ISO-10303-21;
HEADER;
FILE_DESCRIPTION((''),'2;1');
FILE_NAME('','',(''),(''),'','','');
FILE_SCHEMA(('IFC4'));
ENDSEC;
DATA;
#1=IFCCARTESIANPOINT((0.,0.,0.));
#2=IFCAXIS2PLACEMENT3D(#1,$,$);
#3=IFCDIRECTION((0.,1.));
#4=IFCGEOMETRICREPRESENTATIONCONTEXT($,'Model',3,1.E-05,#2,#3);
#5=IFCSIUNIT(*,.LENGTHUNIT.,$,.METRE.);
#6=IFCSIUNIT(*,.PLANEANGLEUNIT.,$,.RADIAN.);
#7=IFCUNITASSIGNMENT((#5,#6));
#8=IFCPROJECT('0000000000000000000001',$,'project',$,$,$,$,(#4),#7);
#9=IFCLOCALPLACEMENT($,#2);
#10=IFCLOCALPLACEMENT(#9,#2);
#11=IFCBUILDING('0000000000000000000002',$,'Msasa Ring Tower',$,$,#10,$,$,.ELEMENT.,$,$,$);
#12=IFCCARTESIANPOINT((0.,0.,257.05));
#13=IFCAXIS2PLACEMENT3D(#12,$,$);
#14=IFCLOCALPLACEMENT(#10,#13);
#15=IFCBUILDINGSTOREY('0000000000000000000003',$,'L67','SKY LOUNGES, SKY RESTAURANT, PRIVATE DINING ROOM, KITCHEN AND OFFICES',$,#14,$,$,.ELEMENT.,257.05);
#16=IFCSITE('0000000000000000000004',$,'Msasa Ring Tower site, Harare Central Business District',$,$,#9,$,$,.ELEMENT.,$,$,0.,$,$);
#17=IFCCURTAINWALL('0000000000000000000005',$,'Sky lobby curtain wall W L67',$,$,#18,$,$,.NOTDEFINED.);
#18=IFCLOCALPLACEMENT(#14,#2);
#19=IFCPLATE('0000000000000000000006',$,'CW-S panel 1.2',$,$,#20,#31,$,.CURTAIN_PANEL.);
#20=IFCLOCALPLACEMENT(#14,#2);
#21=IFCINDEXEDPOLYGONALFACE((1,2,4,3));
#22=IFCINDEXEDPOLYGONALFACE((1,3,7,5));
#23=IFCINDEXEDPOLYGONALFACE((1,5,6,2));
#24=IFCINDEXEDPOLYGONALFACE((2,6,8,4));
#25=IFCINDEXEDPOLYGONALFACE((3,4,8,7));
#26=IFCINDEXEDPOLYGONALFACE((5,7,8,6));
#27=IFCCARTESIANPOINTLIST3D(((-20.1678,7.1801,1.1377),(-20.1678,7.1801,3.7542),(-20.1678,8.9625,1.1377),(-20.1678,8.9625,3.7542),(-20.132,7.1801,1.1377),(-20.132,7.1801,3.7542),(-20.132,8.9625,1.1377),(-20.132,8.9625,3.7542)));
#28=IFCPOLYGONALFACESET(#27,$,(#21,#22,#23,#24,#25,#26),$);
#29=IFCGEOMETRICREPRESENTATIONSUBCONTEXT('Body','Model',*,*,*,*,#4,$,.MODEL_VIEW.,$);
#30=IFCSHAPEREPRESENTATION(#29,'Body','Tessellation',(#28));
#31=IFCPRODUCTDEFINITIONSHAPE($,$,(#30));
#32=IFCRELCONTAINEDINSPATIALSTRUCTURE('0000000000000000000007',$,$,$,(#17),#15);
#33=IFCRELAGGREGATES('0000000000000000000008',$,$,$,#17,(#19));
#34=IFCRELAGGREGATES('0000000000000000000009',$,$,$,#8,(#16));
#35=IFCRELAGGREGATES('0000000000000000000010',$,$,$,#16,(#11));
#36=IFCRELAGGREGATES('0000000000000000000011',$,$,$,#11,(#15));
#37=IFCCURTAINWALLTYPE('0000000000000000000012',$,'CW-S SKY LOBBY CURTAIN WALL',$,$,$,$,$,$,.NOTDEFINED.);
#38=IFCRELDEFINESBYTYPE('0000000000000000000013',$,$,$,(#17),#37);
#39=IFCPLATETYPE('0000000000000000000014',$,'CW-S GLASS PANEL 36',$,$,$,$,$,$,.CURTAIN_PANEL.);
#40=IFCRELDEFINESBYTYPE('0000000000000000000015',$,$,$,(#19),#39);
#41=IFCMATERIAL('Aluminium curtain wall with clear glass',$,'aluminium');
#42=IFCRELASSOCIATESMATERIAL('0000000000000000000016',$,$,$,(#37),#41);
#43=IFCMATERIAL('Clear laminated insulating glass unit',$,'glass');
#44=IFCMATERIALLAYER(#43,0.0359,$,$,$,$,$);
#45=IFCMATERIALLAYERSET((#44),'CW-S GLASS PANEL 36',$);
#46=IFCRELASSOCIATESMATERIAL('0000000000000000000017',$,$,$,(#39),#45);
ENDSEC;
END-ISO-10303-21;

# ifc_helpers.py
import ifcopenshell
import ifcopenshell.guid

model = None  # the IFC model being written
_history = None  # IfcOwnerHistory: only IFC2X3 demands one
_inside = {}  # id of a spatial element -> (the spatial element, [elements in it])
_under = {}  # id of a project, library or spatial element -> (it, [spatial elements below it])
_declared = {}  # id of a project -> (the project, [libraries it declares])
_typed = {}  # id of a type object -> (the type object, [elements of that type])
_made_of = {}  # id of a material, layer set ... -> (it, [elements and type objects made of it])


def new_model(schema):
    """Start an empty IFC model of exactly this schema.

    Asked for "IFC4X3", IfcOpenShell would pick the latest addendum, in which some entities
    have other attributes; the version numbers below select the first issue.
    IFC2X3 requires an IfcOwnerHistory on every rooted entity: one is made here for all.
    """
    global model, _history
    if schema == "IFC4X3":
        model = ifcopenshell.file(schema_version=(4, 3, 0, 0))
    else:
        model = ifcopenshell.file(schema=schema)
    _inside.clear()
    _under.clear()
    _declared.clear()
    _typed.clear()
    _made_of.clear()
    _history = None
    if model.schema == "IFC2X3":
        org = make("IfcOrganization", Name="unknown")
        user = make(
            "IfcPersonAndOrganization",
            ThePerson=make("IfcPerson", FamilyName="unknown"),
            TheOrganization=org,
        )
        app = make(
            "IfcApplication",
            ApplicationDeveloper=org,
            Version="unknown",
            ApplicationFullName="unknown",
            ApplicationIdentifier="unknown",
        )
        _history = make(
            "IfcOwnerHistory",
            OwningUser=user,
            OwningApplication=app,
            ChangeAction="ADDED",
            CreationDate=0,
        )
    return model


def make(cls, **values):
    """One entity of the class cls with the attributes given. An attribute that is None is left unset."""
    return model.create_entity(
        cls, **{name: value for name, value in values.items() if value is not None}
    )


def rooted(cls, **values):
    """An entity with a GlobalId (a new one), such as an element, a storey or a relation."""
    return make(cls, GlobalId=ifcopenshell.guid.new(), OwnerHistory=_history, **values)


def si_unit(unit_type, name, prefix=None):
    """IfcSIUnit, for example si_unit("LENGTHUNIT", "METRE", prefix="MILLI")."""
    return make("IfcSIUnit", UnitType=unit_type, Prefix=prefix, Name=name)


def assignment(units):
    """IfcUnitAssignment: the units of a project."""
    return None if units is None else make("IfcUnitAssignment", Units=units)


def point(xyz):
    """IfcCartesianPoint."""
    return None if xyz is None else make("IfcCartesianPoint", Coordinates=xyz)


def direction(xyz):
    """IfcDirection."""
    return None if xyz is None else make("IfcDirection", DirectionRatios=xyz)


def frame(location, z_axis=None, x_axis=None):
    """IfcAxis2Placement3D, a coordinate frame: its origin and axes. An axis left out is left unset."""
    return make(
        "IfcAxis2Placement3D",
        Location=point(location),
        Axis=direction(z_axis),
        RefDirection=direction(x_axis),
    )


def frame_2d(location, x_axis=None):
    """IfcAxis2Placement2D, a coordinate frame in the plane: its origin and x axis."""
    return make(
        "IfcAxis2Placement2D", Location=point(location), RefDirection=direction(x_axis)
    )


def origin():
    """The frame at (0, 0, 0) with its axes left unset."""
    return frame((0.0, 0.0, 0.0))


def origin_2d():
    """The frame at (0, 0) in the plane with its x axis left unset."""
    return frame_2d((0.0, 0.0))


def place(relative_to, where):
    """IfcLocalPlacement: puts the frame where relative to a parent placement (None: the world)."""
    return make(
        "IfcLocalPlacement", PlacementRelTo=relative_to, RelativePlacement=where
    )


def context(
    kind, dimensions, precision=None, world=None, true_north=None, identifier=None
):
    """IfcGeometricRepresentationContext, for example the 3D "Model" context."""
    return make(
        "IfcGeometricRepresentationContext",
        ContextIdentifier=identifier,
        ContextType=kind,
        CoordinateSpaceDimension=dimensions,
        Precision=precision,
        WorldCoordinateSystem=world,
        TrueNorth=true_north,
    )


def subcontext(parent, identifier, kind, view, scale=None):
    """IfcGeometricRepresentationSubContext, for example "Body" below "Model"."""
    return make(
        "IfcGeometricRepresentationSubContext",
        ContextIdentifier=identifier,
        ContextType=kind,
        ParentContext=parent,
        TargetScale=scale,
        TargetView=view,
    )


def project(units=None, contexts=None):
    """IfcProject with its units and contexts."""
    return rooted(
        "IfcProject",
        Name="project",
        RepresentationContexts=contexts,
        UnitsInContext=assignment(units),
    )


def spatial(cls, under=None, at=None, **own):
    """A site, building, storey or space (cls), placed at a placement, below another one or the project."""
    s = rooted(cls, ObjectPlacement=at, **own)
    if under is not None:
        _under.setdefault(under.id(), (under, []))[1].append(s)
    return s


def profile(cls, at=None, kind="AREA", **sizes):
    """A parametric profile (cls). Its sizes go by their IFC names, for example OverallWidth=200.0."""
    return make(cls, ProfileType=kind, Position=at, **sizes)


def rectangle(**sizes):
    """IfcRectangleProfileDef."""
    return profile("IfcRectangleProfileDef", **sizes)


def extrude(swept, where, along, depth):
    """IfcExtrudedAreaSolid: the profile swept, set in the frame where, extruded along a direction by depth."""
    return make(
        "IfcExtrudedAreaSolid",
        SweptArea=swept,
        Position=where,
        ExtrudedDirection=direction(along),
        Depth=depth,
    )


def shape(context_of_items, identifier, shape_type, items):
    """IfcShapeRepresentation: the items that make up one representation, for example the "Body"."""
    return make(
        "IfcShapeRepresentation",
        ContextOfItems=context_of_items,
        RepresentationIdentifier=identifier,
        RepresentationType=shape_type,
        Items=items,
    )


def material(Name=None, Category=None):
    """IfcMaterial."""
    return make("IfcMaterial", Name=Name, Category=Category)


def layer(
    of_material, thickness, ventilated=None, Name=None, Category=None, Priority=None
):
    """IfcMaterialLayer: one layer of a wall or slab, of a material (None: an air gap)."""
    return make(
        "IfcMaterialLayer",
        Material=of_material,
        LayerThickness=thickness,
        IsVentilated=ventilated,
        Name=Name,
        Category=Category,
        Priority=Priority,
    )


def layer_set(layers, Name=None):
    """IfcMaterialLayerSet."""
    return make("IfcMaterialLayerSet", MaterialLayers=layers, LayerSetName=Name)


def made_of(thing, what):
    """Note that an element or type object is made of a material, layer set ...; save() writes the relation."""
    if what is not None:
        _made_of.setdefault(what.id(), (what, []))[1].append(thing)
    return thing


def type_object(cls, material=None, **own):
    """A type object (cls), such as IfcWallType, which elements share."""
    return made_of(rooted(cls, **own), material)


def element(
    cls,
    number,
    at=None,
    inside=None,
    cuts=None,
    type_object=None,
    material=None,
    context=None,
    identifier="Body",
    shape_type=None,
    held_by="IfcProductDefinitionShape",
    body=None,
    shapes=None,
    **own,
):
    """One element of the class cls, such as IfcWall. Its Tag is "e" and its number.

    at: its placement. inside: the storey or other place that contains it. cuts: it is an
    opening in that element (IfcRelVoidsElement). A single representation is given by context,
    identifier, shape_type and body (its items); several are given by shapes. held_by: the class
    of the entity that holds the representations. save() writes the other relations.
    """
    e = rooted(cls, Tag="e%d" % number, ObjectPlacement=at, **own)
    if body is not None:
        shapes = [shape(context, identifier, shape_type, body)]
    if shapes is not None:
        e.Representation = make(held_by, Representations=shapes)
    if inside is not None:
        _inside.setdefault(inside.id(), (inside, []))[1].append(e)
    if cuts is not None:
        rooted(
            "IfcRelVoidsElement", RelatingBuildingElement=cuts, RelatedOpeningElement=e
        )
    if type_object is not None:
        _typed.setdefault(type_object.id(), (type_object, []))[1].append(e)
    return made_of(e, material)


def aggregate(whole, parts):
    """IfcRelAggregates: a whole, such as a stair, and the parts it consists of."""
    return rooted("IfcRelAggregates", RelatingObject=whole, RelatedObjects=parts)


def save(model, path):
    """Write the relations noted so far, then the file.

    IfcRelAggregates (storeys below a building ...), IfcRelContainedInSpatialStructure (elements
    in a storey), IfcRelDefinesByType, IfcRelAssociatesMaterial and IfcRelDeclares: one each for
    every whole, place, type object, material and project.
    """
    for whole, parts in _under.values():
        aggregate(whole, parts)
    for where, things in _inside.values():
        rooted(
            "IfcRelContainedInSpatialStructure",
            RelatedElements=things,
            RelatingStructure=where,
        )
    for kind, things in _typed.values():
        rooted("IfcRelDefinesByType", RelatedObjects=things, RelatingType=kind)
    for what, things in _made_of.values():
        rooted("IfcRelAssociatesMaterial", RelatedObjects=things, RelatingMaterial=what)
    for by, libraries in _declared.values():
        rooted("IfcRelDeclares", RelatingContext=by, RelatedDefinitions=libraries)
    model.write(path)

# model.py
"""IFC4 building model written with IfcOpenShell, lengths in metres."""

from ifc_helpers import new_model, si_unit, direction, frame, origin, origin_2d, place, context, subcontext, project, spatial, rectangle, extrude, material, layer, layer_set, type_object, element, aggregate, save


model = new_model("IFC4")

# Units and contexts
model_context = context("Model", 3, precision=1e-05, world=origin(), true_north=direction((0.0, 1.0)))
body_context = subcontext(model_context, "Body", "Model", "MODEL_VIEW")
ifc_project = project(units=[si_unit("LENGTHUNIT", "METRE"), si_unit("PLANEANGLEUNIT", "RADIAN")], contexts=[model_context])

# Site, building, storey
site_placement = place(None, origin())
site = spatial("IfcSite", under=ifc_project, at=site_placement, Name="Msasa Ring Tower site, Harare Central Business District", CompositionType="ELEMENT", RefElevation=0.0)
building_placement = place(site_placement, origin())
building = spatial("IfcBuilding", under=site, at=building_placement, Name="Msasa Ring Tower", CompositionType="ELEMENT")
storey_placement = place(building_placement, frame((0.0, 0.0, 257.05)))
storey = spatial("IfcBuildingStorey", under=building, at=storey_placement, Name="L67", Description="SKY LOUNGES, SKY RESTAURANT, PRIVATE DINING ROOM, KITCHEN AND OFFICES", CompositionType="ELEMENT", Elevation=257.05)

# Curtain wall
ifc_material_1 = material(Name="Aluminium curtain wall with clear glass", Category="aluminium")
curtain_wall_type = type_object("IfcCurtainWallType", Name="CW-S SKY LOBBY CURTAIN WALL", PredefinedType="NOTDEFINED", material=ifc_material_1)
curtain_wall_1_placement = place(storey_placement, origin())
curtain_wall_1 = element("IfcCurtainWall", 1, at=curtain_wall_1_placement, inside=storey, type_object=curtain_wall_type, Name="Sky lobby curtain wall W L67", PredefinedType="NOTDEFINED")

# Plate
ifc_material_2 = material(Name="Clear laminated insulating glass unit", Category="glass")
ifc_layer = layer(ifc_material_2, 0.0359)
ifc_layer_set = layer_set([ifc_layer], Name="CW-S GLASS PANEL 36")
plate_type = type_object("IfcPlateType", Name="CW-S GLASS PANEL 36", PredefinedType="CURTAIN_PANEL", material=ifc_layer_set)
plate_1_placement = place(storey_placement, frame((-20.1499, 8.0713, 1.1377), z_axis=(0.0, 0.0, 1.0), x_axis=(0.0, 1.0, 0.0)))
plate_1 = element("IfcPlate", 2, at=plate_1_placement, type_object=plate_type, Name="CW-S panel 1.2", PredefinedType="CURTAIN_PANEL", context=body_context, shape_type="SweptSolid", body=[
    extrude(rectangle(XDim=1.7825, YDim=0.0359, at=origin_2d()), origin(), (0.0, 0.0, 1.0), 2.6165),
])
aggregate(curtain_wall_1, [plate_1])

save(model, "model.ifc")
